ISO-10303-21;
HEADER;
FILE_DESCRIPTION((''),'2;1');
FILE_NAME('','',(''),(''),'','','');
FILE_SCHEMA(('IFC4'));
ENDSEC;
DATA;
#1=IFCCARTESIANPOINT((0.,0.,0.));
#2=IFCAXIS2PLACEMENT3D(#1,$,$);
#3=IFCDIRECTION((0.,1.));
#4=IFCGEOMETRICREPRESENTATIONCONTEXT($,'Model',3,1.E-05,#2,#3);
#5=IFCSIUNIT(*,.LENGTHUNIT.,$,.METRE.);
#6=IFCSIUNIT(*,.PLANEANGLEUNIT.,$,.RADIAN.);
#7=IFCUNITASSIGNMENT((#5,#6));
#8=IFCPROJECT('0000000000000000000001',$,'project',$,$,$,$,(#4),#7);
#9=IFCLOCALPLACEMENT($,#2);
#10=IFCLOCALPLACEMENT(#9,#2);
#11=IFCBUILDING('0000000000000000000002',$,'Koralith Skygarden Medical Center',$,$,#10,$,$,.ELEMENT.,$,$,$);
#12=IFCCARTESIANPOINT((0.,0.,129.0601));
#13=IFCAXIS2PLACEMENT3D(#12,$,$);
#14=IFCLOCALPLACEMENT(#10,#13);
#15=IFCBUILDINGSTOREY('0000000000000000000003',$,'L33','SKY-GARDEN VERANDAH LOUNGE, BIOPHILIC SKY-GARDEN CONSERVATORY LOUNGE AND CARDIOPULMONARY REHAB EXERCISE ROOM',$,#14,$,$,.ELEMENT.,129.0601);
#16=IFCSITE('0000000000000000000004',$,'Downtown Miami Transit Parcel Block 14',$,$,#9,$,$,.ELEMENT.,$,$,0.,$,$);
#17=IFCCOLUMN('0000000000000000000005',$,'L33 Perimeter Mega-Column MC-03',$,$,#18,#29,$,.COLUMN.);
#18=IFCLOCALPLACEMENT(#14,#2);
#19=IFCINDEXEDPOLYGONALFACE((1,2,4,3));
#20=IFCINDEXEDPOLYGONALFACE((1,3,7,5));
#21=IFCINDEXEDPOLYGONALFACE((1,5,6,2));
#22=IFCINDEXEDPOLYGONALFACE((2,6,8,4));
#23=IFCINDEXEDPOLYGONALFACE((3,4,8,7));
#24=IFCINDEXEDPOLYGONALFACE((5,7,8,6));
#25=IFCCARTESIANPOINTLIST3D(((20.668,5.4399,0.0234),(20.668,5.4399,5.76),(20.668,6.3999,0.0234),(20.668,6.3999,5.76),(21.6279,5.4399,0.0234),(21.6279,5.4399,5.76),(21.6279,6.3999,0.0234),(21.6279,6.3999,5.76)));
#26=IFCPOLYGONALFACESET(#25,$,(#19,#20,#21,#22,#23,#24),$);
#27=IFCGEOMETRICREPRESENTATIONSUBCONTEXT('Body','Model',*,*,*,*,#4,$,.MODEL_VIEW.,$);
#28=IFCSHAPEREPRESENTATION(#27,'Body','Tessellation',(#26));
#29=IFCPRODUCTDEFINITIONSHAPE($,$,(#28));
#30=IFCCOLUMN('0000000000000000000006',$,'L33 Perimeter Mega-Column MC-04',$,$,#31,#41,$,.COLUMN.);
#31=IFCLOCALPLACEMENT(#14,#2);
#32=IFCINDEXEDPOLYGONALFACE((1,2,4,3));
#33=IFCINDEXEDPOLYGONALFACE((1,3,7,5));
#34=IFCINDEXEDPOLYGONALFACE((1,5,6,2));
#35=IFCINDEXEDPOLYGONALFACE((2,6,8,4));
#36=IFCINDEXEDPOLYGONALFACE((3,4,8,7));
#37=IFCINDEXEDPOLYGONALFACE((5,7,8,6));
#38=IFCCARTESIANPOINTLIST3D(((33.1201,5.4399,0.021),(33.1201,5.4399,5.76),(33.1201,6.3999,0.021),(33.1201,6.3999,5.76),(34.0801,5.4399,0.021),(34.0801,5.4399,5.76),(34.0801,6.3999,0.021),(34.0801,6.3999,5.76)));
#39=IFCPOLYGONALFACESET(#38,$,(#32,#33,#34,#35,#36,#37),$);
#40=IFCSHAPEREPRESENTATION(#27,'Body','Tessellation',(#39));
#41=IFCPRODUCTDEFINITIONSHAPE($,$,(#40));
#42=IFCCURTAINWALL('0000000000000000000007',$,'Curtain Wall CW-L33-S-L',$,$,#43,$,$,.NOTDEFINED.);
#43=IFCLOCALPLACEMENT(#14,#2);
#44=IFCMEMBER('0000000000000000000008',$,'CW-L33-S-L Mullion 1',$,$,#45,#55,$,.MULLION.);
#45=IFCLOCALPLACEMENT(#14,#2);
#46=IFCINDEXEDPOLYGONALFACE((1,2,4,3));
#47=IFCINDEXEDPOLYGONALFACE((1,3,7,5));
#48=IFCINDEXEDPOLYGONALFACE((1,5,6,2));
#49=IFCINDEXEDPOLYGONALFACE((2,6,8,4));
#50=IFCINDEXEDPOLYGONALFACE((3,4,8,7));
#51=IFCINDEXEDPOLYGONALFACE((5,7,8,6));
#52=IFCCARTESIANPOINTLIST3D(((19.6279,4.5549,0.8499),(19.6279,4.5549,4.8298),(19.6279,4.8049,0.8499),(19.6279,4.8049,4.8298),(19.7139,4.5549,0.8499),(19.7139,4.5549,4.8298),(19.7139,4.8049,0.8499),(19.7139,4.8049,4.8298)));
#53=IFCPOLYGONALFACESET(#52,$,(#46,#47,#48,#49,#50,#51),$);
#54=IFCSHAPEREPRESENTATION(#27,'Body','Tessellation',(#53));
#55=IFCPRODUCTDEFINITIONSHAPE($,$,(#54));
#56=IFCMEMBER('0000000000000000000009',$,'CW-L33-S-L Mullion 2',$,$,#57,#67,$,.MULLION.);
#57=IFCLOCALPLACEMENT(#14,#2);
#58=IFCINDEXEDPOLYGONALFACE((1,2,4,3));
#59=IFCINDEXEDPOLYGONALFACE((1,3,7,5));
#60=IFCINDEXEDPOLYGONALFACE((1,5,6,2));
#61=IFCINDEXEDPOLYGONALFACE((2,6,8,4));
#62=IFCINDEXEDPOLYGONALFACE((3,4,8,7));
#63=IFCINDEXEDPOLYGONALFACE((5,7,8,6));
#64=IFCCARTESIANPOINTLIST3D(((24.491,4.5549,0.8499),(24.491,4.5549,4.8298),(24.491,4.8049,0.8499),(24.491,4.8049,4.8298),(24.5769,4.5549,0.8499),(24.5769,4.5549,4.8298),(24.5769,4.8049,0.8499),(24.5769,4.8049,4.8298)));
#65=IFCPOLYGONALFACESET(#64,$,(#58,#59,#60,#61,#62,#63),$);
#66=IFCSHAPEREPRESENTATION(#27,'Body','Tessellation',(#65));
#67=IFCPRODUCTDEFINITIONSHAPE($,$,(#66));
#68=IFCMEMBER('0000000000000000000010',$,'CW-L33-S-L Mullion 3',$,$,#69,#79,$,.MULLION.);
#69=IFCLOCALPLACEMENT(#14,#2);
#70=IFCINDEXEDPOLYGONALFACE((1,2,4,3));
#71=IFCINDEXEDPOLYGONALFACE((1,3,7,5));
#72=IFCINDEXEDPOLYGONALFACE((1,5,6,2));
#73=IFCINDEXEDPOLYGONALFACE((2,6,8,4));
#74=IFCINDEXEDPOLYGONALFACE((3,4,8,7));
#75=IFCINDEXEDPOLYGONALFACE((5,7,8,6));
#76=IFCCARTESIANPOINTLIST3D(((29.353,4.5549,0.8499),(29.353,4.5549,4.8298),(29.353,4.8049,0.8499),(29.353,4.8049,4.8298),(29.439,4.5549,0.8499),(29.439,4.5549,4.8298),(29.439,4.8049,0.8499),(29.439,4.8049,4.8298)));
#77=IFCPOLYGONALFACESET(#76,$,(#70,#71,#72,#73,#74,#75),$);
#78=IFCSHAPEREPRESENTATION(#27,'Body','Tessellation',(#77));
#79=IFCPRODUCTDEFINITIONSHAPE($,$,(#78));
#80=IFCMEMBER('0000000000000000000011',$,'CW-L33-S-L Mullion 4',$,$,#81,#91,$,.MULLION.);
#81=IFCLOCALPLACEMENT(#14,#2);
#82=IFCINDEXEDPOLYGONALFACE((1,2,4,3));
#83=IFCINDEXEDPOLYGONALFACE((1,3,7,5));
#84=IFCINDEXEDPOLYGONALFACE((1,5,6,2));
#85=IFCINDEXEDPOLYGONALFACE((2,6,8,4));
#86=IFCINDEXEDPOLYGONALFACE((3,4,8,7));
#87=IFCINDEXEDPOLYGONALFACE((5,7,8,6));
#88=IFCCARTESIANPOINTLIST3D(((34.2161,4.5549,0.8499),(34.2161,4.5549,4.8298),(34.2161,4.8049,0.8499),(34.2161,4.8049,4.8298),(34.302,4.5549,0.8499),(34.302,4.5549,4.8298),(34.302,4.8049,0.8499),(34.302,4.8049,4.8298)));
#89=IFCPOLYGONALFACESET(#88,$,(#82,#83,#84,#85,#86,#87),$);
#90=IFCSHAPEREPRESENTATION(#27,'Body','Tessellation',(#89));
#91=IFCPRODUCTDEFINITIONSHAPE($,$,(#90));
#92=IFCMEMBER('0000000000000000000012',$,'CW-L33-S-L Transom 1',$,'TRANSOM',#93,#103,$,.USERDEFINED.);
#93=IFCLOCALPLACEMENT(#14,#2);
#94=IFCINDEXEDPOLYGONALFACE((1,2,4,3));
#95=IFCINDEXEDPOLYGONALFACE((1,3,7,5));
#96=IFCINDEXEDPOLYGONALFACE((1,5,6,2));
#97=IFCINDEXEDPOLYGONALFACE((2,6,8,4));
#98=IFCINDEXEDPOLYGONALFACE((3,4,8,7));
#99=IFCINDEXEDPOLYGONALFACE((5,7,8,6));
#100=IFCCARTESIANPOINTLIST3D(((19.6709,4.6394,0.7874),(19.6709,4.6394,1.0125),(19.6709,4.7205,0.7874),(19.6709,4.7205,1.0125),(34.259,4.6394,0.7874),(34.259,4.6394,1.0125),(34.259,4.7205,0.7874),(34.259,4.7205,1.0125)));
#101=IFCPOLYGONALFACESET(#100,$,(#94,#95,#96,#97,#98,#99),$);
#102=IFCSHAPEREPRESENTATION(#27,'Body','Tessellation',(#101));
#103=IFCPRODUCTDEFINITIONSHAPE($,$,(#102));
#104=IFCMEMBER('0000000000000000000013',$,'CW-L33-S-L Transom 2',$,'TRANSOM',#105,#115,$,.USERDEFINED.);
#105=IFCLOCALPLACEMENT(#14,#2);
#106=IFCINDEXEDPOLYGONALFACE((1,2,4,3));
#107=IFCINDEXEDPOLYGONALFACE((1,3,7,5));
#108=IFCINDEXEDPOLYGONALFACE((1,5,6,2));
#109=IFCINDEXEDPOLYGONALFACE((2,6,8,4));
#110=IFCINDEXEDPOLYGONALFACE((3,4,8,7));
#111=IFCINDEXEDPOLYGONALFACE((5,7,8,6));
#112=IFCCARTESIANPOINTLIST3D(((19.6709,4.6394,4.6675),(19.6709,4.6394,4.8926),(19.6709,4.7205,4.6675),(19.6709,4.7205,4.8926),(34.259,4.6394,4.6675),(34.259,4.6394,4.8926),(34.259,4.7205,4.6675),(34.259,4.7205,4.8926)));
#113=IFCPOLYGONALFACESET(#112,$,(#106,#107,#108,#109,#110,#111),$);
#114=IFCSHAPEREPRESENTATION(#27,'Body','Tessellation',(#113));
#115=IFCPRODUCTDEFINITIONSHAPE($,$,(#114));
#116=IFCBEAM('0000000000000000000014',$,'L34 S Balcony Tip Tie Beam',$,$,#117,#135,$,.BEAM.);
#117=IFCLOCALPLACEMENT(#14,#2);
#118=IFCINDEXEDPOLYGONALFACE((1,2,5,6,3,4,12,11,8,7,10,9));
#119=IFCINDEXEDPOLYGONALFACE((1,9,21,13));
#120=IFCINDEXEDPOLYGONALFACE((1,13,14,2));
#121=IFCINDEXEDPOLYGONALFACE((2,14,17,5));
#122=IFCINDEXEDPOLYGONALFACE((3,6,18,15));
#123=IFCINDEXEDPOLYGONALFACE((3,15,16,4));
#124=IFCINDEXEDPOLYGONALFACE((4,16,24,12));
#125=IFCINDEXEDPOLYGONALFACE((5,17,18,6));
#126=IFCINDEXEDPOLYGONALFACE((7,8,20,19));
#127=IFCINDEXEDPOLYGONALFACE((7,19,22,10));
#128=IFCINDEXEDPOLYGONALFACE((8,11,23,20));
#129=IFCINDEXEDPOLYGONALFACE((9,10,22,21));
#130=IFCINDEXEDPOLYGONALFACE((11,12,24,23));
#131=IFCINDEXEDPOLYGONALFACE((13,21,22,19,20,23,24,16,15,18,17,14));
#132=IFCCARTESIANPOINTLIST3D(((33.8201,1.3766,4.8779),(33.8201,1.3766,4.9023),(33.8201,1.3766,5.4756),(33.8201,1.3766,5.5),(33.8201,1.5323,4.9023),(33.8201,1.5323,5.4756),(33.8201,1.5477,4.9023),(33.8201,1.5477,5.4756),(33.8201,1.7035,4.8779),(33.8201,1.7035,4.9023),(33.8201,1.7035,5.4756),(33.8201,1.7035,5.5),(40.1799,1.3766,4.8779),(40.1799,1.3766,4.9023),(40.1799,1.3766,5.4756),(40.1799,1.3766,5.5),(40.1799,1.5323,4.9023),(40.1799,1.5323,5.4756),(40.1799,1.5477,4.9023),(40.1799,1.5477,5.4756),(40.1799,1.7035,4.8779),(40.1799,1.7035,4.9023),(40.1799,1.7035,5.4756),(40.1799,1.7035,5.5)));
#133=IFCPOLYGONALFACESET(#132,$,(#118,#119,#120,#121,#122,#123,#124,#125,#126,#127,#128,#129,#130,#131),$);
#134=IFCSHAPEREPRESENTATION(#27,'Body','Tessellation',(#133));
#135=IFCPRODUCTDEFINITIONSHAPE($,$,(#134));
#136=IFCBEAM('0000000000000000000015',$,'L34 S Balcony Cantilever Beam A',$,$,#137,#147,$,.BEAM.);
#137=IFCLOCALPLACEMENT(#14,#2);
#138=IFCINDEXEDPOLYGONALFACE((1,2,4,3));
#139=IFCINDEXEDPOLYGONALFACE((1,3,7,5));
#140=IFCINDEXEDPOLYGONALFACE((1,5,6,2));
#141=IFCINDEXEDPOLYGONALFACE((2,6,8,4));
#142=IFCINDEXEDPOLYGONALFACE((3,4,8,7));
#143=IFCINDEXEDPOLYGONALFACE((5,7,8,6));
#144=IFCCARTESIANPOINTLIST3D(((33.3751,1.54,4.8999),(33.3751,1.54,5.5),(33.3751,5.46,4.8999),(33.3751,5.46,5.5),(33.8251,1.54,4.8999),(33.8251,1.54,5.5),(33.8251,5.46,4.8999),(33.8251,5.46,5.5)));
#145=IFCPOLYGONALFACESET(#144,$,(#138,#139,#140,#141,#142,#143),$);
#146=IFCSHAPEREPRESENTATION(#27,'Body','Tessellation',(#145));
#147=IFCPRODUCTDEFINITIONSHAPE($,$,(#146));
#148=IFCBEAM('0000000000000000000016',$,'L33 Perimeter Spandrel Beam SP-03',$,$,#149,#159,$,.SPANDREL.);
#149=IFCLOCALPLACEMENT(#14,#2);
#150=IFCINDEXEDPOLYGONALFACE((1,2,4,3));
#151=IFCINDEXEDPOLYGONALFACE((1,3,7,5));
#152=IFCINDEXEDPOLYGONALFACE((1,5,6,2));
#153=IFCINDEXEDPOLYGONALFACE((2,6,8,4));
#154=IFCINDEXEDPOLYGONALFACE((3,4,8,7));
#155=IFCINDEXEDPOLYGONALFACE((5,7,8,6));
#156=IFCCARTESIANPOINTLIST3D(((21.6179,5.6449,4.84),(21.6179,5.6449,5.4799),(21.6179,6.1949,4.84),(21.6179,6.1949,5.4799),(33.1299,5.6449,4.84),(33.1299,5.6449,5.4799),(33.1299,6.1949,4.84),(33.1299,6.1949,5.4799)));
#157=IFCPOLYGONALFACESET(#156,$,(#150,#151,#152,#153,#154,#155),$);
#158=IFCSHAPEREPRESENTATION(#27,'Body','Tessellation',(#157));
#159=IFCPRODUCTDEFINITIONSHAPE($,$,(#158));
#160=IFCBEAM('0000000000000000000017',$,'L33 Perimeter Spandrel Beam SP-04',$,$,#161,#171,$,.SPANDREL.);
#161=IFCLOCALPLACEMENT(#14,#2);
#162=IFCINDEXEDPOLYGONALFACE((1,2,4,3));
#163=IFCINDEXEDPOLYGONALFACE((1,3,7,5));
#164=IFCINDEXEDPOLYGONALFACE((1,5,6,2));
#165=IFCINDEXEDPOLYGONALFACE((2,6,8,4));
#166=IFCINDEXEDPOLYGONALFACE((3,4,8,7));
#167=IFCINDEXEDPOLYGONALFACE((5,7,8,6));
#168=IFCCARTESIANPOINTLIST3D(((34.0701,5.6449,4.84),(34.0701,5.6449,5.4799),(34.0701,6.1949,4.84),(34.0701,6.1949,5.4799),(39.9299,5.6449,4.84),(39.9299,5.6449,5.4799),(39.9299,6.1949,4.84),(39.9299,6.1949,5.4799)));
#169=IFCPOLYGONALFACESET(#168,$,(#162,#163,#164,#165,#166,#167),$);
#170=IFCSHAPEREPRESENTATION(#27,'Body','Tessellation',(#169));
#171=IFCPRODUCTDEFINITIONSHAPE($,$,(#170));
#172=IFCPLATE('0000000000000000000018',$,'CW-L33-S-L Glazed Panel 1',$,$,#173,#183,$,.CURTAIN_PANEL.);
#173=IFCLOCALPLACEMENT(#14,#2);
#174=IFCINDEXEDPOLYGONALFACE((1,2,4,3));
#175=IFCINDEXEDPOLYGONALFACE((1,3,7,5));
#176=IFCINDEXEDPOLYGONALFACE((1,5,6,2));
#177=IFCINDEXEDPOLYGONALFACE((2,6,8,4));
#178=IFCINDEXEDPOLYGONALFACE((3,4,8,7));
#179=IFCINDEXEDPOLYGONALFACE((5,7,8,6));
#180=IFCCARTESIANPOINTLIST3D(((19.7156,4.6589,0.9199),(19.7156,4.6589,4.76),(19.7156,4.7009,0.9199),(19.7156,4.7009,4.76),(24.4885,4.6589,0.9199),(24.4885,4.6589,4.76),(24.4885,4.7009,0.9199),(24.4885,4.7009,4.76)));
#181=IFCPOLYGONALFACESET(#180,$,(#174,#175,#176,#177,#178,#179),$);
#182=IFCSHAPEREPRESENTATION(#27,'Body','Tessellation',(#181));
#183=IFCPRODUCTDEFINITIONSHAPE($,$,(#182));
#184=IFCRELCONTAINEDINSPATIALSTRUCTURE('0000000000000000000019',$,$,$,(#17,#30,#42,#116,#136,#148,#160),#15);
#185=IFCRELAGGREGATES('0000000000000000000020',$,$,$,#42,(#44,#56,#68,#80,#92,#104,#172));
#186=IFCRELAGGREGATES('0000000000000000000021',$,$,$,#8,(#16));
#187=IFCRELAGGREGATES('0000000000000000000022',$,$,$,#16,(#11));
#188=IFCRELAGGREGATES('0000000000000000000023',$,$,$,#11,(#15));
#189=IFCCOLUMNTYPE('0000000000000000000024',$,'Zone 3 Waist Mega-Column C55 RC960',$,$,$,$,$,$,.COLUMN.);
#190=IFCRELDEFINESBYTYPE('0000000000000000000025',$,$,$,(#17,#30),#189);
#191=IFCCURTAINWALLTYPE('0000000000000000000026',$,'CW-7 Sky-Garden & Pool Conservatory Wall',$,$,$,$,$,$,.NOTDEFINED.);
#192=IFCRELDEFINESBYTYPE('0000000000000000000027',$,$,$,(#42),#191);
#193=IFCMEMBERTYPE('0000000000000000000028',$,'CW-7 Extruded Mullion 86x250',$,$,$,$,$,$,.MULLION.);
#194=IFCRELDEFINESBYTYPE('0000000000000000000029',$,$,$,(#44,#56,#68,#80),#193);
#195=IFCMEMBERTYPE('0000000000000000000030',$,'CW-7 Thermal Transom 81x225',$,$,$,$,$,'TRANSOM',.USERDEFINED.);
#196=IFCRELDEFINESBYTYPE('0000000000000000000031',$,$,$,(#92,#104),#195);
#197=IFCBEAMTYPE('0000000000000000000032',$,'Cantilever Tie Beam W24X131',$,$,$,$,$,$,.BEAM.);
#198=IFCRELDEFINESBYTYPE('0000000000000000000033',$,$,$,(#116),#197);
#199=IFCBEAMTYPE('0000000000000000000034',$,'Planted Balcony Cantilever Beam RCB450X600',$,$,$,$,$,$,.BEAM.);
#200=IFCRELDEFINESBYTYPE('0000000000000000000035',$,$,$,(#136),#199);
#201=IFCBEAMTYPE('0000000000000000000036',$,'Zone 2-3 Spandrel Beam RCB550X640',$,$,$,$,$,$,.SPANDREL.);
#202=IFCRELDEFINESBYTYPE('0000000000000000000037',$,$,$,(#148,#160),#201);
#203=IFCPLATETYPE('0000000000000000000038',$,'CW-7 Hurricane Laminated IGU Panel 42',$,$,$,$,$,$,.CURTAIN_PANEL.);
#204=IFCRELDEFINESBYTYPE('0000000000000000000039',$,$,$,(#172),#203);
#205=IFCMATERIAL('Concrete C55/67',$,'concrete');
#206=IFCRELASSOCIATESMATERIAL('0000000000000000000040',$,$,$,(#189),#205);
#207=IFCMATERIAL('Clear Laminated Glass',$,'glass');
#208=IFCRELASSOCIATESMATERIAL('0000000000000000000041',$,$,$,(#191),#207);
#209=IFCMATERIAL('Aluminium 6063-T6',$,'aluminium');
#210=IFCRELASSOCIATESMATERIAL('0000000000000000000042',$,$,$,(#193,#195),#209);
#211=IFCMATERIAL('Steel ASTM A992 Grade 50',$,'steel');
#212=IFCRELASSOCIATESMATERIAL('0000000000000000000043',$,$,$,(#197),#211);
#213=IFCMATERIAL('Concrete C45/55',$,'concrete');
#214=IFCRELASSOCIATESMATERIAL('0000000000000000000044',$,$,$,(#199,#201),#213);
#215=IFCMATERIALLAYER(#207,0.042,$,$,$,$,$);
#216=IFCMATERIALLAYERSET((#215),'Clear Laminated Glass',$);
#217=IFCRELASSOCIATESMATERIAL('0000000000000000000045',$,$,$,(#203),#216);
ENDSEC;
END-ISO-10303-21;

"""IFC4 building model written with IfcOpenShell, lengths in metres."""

from ifc_helpers import new_model, si_unit, direction, frame, origin, origin_2d, place, context, subcontext, project, spatial, rectangle, i_section, extrude, material, layer, layer_set, material_profile, profile_set, type_object, element, aggregate, save


model = new_model("IFC4")

# Units and contexts
model_context = context("Model", 3, precision=1e-05, world=origin(), true_north=direction((0.0, 1.0)))
body_context = subcontext(model_context, "Body", "Model", "MODEL_VIEW")
ifc_project = project(units=[si_unit("LENGTHUNIT", "METRE"), si_unit("PLANEANGLEUNIT", "RADIAN")], contexts=[model_context])

# Site, building, storey
site_placement = place(None, origin())
site = spatial("IfcSite", under=ifc_project, at=site_placement, Name="Downtown Miami Transit Parcel Block 14", CompositionType="ELEMENT", RefElevation=0.0)
building_placement = place(site_placement, origin())
building = spatial("IfcBuilding", under=site, at=building_placement, Name="Koralith Skygarden Medical Center", CompositionType="ELEMENT")
storey_placement = place(building_placement, frame((0.0, 0.0, 129.0601)))
storey = spatial("IfcBuildingStorey", under=building, at=storey_placement, Name="L33", Description="SKY-GARDEN VERANDAH LOUNGE, BIOPHILIC SKY-GARDEN CONSERVATORY LOUNGE AND CARDIOPULMONARY REHAB EXERCISE ROOM", CompositionType="ELEMENT", Elevation=129.0601)

# Columns
ifc_material_1 = material(Name="Concrete C55/67", Category="concrete")
ifc_material_profile_1 = material_profile(ifc_material_1, rectangle(XDim=0.96, YDim=0.96, at=origin_2d()), Name="RC960X960")
ifc_profile_set_1 = profile_set([ifc_material_profile_1], Name="Concrete C55/67")
column_type = type_object("IfcColumnType", Name="Zone 3 Waist Mega-Column C55 RC960", PredefinedType="COLUMN", material=ifc_profile_set_1)
column_1_placement = place(storey_placement, frame((21.1479, 5.9199, 0.0234), z_axis=(0.0, 0.0, 1.0), x_axis=(1.0, 0.0, 0.0)))
element("IfcColumn", 1, at=column_1_placement, inside=storey, type_object=column_type, Name="L33 Perimeter Mega-Column MC-03", PredefinedType="COLUMN", context=body_context, shape_type="SweptSolid", body=[
    extrude(rectangle(XDim=0.96, YDim=0.96, at=origin_2d()), origin(), (0.0, 0.0, 1.0), 5.7366),
])
column_2_placement = place(storey_placement, frame((33.6001, 5.9199, 0.021), z_axis=(0.0, 0.0, 1.0), x_axis=(1.0, 0.0, 0.0)))
element("IfcColumn", 2, at=column_2_placement, inside=storey, type_object=column_type, Name="L33 Perimeter Mega-Column MC-04", PredefinedType="COLUMN", context=body_context, shape_type="SweptSolid", body=[
    extrude(rectangle(XDim=0.96, YDim=0.96, at=origin_2d()), origin(), (0.0, 0.0, 1.0), 5.739),
])

# Curtain wall, members
ifc_material_2 = material(Name="Clear Laminated Glass", Category="glass")
curtain_wall_type = type_object("IfcCurtainWallType", Name="CW-7 Sky-Garden & Pool Conservatory Wall", PredefinedType="NOTDEFINED", material=ifc_material_2)
curtain_wall_placement = place(storey_placement, origin())
curtain_wall = element("IfcCurtainWall", 3, at=curtain_wall_placement, inside=storey, type_object=curtain_wall_type, Name="Curtain Wall CW-L33-S-L", PredefinedType="NOTDEFINED")
ifc_material_3 = material(Name="Aluminium 6063-T6", Category="aluminium")
ifc_material_profile_2 = material_profile(ifc_material_3, rectangle(XDim=0.0859, YDim=0.25, at=origin_2d()), Name="MUL86X250")
ifc_profile_set_2 = profile_set([ifc_material_profile_2], Name="Aluminium 6063-T6")
member_type_1 = type_object("IfcMemberType", Name="CW-7 Extruded Mullion 86x250", PredefinedType="MULLION", material=ifc_profile_set_2)
member_1_placement = place(storey_placement, frame((19.6709, 4.6799, 0.8499), z_axis=(0.0, 0.0, 1.0), x_axis=(1.0, 0.0, 0.0)))
member_1 = element("IfcMember", 4, at=member_1_placement, type_object=member_type_1, Name="CW-L33-S-L Mullion 1", PredefinedType="MULLION", context=body_context, shape_type="SweptSolid", body=[
    extrude(rectangle(XDim=0.0859, YDim=0.25, at=origin_2d()), origin(), (0.0, 0.0, 1.0), 3.98),
])
member_2_placement = place(storey_placement, frame((24.5339, 4.6799, 0.8499), z_axis=(0.0, 0.0, 1.0), x_axis=(1.0, 0.0, 0.0)))
member_2 = element("IfcMember", 5, at=member_2_placement, type_object=member_type_1, Name="CW-L33-S-L Mullion 2", PredefinedType="MULLION", context=body_context, shape_type="SweptSolid", body=[
    extrude(rectangle(XDim=0.0859, YDim=0.25, at=origin_2d()), origin(), (0.0, 0.0, 1.0), 3.98),
])
member_3_placement = place(storey_placement, frame((29.396, 4.6799, 0.8499), z_axis=(0.0, 0.0, 1.0), x_axis=(1.0, 0.0, 0.0)))
member_3 = element("IfcMember", 6, at=member_3_placement, type_object=member_type_1, Name="CW-L33-S-L Mullion 3", PredefinedType="MULLION", context=body_context, shape_type="SweptSolid", body=[
    extrude(rectangle(XDim=0.0859, YDim=0.25, at=origin_2d()), origin(), (0.0, 0.0, 1.0), 3.98),
])
member_4_placement = place(storey_placement, frame((34.259, 4.6799, 0.8499), z_axis=(0.0, 0.0, 1.0), x_axis=(1.0, 0.0, 0.0)))
member_4 = element("IfcMember", 7, at=member_4_placement, type_object=member_type_1, Name="CW-L33-S-L Mullion 4", PredefinedType="MULLION", context=body_context, shape_type="SweptSolid", body=[
    extrude(rectangle(XDim=0.0859, YDim=0.25, at=origin_2d()), origin(), (0.0, 0.0, 1.0), 3.98),
])
ifc_material_profile_3 = material_profile(ifc_material_3, rectangle(XDim=0.0811, YDim=0.2251, at=origin_2d()), Name="TRN81X225")
ifc_profile_set_3 = profile_set([ifc_material_profile_3], Name="Aluminium 6063-T6")
member_type_2 = type_object("IfcMemberType", Name="CW-7 Thermal Transom 81x225", ElementType="TRANSOM", PredefinedType="USERDEFINED", material=ifc_profile_set_3)
member_5_placement = place(storey_placement, frame((19.6709, 4.6799, 0.8999), z_axis=(1.0, 0.0, 0.0), x_axis=(0.0, 1.0, 0.0)))
member_5 = element("IfcMember", 8, at=member_5_placement, type_object=member_type_2, Name="CW-L33-S-L Transom 1", ObjectType="TRANSOM", PredefinedType="USERDEFINED", context=body_context, shape_type="SweptSolid", body=[
    extrude(rectangle(XDim=0.0811, YDim=0.2251, at=origin_2d()), origin(), (0.0, 0.0, 1.0), 14.5881),
])
member_6_placement = place(storey_placement, frame((19.6709, 4.6799, 4.78), z_axis=(1.0, 0.0, 0.0), x_axis=(0.0, 1.0, 0.0)))
member_6 = element("IfcMember", 9, at=member_6_placement, type_object=member_type_2, Name="CW-L33-S-L Transom 2", ObjectType="TRANSOM", PredefinedType="USERDEFINED", context=body_context, shape_type="SweptSolid", body=[
    extrude(rectangle(XDim=0.0811, YDim=0.2251, at=origin_2d()), origin(), (0.0, 0.0, 1.0), 14.5881),
])

# Beams
ifc_material_4 = material(Name="Steel ASTM A992 Grade 50", Category="steel")
ifc_material_profile_4 = material_profile(ifc_material_4, i_section(OverallWidth=0.3269, OverallDepth=0.6221, WebThickness=0.0154, FlangeThickness=0.0244, at=origin_2d()), Name="W24X131")
ifc_profile_set_4 = profile_set([ifc_material_profile_4], Name="Steel ASTM A992 Grade 50")
beam_type_1 = type_object("IfcBeamType", Name="Cantilever Tie Beam W24X131", PredefinedType="BEAM", material=ifc_profile_set_4)
beam_1_placement = place(storey_placement, frame((33.8201, 1.54, 5.189), z_axis=(1.0, 0.0, 0.0), x_axis=(0.0, 1.0, 0.0)))
element("IfcBeam", 10, at=beam_1_placement, inside=storey, type_object=beam_type_1, Name="L34 S Balcony Tip Tie Beam", PredefinedType="BEAM", context=body_context, shape_type="SweptSolid", body=[
    extrude(i_section(OverallWidth=0.3269, OverallDepth=0.6221, WebThickness=0.0154, FlangeThickness=0.0244, at=origin_2d()), origin(), (0.0, 0.0, 1.0), 6.3599),
])
ifc_material_5 = material(Name="Concrete C45/55", Category="concrete")
ifc_material_profile_5 = material_profile(ifc_material_5, rectangle(XDim=0.45, YDim=0.6001, at=origin_2d()), Name="RCB450X600")
ifc_profile_set_5 = profile_set([ifc_material_profile_5], Name="Concrete C45/55")
beam_type_2 = type_object("IfcBeamType", Name="Planted Balcony Cantilever Beam RCB450X600", PredefinedType="BEAM", material=ifc_profile_set_5)
beam_2_placement = place(storey_placement, frame((33.6001, 5.46, 5.2), z_axis=(0.0, -1.0, 0.0), x_axis=(1.0, 0.0, 0.0)))
element("IfcBeam", 11, at=beam_2_placement, inside=storey, type_object=beam_type_2, Name="L34 S Balcony Cantilever Beam A", PredefinedType="BEAM", context=body_context, shape_type="SweptSolid", body=[
    extrude(rectangle(XDim=0.45, YDim=0.6001, at=origin_2d()), origin(), (0.0, 0.0, 1.0), 3.9199),
])
ifc_material_profile_6 = material_profile(ifc_material_5, rectangle(XDim=0.55, YDim=0.6399, at=origin_2d()), Name="RCB550X640")
ifc_profile_set_6 = profile_set([ifc_material_profile_6], Name="Concrete C45/55")
beam_type_3 = type_object("IfcBeamType", Name="Zone 2-3 Spandrel Beam RCB550X640", PredefinedType="SPANDREL", material=ifc_profile_set_6)
beam_3_placement = place(storey_placement, frame((21.6179, 5.9199, 5.1599), z_axis=(1.0, 0.0, 0.0), x_axis=(0.0, 1.0, 0.0)))
element("IfcBeam", 12, at=beam_3_placement, inside=storey, type_object=beam_type_3, Name="L33 Perimeter Spandrel Beam SP-03", PredefinedType="SPANDREL", context=body_context, shape_type="SweptSolid", body=[
    extrude(rectangle(XDim=0.55, YDim=0.6399, at=origin_2d()), origin(), (0.0, 0.0, 1.0), 11.512),
])
beam_4_placement = place(storey_placement, frame((34.0701, 5.9199, 5.1599), z_axis=(1.0, 0.0, 0.0), x_axis=(0.0, 1.0, 0.0)))
element("IfcBeam", 13, at=beam_4_placement, inside=storey, type_object=beam_type_3, Name="L33 Perimeter Spandrel Beam SP-04", PredefinedType="SPANDREL", context=body_context, shape_type="SweptSolid", body=[
    extrude(rectangle(XDim=0.55, YDim=0.6399, at=origin_2d()), origin(), (0.0, 0.0, 1.0), 5.8599),
])

# Plate
ifc_layer_1 = layer(ifc_material_2, 0.042)
ifc_layer_set_1 = layer_set([ifc_layer_1], Name="Clear Laminated Glass")
plate_type_1 = type_object("IfcPlateType", Name="CW-7 Hurricane Laminated IGU Panel 42", PredefinedType="CURTAIN_PANEL", material=ifc_layer_set_1)
plate_1_placement = place(storey_placement, frame((22.1021, 4.6799, 0.9199), z_axis=(0.0, 0.0, 1.0), x_axis=(1.0, 0.0, 0.0)))
plate_1 = element("IfcPlate", 14, at=plate_1_placement, type_object=plate_type_1, Name="CW-L33-S-L Glazed Panel 1", PredefinedType="CURTAIN_PANEL", context=body_context, shape_type="SweptSolid", body=[
    extrude(rectangle(XDim=4.7729, YDim=0.042, at=origin_2d()), origin(), (0.0, 0.0, 1.0), 3.8401),
])
aggregate(curtain_wall, [member_1, member_2, member_3, member_4, member_5, member_6, plate_1])

save(model, "model.ifc")
